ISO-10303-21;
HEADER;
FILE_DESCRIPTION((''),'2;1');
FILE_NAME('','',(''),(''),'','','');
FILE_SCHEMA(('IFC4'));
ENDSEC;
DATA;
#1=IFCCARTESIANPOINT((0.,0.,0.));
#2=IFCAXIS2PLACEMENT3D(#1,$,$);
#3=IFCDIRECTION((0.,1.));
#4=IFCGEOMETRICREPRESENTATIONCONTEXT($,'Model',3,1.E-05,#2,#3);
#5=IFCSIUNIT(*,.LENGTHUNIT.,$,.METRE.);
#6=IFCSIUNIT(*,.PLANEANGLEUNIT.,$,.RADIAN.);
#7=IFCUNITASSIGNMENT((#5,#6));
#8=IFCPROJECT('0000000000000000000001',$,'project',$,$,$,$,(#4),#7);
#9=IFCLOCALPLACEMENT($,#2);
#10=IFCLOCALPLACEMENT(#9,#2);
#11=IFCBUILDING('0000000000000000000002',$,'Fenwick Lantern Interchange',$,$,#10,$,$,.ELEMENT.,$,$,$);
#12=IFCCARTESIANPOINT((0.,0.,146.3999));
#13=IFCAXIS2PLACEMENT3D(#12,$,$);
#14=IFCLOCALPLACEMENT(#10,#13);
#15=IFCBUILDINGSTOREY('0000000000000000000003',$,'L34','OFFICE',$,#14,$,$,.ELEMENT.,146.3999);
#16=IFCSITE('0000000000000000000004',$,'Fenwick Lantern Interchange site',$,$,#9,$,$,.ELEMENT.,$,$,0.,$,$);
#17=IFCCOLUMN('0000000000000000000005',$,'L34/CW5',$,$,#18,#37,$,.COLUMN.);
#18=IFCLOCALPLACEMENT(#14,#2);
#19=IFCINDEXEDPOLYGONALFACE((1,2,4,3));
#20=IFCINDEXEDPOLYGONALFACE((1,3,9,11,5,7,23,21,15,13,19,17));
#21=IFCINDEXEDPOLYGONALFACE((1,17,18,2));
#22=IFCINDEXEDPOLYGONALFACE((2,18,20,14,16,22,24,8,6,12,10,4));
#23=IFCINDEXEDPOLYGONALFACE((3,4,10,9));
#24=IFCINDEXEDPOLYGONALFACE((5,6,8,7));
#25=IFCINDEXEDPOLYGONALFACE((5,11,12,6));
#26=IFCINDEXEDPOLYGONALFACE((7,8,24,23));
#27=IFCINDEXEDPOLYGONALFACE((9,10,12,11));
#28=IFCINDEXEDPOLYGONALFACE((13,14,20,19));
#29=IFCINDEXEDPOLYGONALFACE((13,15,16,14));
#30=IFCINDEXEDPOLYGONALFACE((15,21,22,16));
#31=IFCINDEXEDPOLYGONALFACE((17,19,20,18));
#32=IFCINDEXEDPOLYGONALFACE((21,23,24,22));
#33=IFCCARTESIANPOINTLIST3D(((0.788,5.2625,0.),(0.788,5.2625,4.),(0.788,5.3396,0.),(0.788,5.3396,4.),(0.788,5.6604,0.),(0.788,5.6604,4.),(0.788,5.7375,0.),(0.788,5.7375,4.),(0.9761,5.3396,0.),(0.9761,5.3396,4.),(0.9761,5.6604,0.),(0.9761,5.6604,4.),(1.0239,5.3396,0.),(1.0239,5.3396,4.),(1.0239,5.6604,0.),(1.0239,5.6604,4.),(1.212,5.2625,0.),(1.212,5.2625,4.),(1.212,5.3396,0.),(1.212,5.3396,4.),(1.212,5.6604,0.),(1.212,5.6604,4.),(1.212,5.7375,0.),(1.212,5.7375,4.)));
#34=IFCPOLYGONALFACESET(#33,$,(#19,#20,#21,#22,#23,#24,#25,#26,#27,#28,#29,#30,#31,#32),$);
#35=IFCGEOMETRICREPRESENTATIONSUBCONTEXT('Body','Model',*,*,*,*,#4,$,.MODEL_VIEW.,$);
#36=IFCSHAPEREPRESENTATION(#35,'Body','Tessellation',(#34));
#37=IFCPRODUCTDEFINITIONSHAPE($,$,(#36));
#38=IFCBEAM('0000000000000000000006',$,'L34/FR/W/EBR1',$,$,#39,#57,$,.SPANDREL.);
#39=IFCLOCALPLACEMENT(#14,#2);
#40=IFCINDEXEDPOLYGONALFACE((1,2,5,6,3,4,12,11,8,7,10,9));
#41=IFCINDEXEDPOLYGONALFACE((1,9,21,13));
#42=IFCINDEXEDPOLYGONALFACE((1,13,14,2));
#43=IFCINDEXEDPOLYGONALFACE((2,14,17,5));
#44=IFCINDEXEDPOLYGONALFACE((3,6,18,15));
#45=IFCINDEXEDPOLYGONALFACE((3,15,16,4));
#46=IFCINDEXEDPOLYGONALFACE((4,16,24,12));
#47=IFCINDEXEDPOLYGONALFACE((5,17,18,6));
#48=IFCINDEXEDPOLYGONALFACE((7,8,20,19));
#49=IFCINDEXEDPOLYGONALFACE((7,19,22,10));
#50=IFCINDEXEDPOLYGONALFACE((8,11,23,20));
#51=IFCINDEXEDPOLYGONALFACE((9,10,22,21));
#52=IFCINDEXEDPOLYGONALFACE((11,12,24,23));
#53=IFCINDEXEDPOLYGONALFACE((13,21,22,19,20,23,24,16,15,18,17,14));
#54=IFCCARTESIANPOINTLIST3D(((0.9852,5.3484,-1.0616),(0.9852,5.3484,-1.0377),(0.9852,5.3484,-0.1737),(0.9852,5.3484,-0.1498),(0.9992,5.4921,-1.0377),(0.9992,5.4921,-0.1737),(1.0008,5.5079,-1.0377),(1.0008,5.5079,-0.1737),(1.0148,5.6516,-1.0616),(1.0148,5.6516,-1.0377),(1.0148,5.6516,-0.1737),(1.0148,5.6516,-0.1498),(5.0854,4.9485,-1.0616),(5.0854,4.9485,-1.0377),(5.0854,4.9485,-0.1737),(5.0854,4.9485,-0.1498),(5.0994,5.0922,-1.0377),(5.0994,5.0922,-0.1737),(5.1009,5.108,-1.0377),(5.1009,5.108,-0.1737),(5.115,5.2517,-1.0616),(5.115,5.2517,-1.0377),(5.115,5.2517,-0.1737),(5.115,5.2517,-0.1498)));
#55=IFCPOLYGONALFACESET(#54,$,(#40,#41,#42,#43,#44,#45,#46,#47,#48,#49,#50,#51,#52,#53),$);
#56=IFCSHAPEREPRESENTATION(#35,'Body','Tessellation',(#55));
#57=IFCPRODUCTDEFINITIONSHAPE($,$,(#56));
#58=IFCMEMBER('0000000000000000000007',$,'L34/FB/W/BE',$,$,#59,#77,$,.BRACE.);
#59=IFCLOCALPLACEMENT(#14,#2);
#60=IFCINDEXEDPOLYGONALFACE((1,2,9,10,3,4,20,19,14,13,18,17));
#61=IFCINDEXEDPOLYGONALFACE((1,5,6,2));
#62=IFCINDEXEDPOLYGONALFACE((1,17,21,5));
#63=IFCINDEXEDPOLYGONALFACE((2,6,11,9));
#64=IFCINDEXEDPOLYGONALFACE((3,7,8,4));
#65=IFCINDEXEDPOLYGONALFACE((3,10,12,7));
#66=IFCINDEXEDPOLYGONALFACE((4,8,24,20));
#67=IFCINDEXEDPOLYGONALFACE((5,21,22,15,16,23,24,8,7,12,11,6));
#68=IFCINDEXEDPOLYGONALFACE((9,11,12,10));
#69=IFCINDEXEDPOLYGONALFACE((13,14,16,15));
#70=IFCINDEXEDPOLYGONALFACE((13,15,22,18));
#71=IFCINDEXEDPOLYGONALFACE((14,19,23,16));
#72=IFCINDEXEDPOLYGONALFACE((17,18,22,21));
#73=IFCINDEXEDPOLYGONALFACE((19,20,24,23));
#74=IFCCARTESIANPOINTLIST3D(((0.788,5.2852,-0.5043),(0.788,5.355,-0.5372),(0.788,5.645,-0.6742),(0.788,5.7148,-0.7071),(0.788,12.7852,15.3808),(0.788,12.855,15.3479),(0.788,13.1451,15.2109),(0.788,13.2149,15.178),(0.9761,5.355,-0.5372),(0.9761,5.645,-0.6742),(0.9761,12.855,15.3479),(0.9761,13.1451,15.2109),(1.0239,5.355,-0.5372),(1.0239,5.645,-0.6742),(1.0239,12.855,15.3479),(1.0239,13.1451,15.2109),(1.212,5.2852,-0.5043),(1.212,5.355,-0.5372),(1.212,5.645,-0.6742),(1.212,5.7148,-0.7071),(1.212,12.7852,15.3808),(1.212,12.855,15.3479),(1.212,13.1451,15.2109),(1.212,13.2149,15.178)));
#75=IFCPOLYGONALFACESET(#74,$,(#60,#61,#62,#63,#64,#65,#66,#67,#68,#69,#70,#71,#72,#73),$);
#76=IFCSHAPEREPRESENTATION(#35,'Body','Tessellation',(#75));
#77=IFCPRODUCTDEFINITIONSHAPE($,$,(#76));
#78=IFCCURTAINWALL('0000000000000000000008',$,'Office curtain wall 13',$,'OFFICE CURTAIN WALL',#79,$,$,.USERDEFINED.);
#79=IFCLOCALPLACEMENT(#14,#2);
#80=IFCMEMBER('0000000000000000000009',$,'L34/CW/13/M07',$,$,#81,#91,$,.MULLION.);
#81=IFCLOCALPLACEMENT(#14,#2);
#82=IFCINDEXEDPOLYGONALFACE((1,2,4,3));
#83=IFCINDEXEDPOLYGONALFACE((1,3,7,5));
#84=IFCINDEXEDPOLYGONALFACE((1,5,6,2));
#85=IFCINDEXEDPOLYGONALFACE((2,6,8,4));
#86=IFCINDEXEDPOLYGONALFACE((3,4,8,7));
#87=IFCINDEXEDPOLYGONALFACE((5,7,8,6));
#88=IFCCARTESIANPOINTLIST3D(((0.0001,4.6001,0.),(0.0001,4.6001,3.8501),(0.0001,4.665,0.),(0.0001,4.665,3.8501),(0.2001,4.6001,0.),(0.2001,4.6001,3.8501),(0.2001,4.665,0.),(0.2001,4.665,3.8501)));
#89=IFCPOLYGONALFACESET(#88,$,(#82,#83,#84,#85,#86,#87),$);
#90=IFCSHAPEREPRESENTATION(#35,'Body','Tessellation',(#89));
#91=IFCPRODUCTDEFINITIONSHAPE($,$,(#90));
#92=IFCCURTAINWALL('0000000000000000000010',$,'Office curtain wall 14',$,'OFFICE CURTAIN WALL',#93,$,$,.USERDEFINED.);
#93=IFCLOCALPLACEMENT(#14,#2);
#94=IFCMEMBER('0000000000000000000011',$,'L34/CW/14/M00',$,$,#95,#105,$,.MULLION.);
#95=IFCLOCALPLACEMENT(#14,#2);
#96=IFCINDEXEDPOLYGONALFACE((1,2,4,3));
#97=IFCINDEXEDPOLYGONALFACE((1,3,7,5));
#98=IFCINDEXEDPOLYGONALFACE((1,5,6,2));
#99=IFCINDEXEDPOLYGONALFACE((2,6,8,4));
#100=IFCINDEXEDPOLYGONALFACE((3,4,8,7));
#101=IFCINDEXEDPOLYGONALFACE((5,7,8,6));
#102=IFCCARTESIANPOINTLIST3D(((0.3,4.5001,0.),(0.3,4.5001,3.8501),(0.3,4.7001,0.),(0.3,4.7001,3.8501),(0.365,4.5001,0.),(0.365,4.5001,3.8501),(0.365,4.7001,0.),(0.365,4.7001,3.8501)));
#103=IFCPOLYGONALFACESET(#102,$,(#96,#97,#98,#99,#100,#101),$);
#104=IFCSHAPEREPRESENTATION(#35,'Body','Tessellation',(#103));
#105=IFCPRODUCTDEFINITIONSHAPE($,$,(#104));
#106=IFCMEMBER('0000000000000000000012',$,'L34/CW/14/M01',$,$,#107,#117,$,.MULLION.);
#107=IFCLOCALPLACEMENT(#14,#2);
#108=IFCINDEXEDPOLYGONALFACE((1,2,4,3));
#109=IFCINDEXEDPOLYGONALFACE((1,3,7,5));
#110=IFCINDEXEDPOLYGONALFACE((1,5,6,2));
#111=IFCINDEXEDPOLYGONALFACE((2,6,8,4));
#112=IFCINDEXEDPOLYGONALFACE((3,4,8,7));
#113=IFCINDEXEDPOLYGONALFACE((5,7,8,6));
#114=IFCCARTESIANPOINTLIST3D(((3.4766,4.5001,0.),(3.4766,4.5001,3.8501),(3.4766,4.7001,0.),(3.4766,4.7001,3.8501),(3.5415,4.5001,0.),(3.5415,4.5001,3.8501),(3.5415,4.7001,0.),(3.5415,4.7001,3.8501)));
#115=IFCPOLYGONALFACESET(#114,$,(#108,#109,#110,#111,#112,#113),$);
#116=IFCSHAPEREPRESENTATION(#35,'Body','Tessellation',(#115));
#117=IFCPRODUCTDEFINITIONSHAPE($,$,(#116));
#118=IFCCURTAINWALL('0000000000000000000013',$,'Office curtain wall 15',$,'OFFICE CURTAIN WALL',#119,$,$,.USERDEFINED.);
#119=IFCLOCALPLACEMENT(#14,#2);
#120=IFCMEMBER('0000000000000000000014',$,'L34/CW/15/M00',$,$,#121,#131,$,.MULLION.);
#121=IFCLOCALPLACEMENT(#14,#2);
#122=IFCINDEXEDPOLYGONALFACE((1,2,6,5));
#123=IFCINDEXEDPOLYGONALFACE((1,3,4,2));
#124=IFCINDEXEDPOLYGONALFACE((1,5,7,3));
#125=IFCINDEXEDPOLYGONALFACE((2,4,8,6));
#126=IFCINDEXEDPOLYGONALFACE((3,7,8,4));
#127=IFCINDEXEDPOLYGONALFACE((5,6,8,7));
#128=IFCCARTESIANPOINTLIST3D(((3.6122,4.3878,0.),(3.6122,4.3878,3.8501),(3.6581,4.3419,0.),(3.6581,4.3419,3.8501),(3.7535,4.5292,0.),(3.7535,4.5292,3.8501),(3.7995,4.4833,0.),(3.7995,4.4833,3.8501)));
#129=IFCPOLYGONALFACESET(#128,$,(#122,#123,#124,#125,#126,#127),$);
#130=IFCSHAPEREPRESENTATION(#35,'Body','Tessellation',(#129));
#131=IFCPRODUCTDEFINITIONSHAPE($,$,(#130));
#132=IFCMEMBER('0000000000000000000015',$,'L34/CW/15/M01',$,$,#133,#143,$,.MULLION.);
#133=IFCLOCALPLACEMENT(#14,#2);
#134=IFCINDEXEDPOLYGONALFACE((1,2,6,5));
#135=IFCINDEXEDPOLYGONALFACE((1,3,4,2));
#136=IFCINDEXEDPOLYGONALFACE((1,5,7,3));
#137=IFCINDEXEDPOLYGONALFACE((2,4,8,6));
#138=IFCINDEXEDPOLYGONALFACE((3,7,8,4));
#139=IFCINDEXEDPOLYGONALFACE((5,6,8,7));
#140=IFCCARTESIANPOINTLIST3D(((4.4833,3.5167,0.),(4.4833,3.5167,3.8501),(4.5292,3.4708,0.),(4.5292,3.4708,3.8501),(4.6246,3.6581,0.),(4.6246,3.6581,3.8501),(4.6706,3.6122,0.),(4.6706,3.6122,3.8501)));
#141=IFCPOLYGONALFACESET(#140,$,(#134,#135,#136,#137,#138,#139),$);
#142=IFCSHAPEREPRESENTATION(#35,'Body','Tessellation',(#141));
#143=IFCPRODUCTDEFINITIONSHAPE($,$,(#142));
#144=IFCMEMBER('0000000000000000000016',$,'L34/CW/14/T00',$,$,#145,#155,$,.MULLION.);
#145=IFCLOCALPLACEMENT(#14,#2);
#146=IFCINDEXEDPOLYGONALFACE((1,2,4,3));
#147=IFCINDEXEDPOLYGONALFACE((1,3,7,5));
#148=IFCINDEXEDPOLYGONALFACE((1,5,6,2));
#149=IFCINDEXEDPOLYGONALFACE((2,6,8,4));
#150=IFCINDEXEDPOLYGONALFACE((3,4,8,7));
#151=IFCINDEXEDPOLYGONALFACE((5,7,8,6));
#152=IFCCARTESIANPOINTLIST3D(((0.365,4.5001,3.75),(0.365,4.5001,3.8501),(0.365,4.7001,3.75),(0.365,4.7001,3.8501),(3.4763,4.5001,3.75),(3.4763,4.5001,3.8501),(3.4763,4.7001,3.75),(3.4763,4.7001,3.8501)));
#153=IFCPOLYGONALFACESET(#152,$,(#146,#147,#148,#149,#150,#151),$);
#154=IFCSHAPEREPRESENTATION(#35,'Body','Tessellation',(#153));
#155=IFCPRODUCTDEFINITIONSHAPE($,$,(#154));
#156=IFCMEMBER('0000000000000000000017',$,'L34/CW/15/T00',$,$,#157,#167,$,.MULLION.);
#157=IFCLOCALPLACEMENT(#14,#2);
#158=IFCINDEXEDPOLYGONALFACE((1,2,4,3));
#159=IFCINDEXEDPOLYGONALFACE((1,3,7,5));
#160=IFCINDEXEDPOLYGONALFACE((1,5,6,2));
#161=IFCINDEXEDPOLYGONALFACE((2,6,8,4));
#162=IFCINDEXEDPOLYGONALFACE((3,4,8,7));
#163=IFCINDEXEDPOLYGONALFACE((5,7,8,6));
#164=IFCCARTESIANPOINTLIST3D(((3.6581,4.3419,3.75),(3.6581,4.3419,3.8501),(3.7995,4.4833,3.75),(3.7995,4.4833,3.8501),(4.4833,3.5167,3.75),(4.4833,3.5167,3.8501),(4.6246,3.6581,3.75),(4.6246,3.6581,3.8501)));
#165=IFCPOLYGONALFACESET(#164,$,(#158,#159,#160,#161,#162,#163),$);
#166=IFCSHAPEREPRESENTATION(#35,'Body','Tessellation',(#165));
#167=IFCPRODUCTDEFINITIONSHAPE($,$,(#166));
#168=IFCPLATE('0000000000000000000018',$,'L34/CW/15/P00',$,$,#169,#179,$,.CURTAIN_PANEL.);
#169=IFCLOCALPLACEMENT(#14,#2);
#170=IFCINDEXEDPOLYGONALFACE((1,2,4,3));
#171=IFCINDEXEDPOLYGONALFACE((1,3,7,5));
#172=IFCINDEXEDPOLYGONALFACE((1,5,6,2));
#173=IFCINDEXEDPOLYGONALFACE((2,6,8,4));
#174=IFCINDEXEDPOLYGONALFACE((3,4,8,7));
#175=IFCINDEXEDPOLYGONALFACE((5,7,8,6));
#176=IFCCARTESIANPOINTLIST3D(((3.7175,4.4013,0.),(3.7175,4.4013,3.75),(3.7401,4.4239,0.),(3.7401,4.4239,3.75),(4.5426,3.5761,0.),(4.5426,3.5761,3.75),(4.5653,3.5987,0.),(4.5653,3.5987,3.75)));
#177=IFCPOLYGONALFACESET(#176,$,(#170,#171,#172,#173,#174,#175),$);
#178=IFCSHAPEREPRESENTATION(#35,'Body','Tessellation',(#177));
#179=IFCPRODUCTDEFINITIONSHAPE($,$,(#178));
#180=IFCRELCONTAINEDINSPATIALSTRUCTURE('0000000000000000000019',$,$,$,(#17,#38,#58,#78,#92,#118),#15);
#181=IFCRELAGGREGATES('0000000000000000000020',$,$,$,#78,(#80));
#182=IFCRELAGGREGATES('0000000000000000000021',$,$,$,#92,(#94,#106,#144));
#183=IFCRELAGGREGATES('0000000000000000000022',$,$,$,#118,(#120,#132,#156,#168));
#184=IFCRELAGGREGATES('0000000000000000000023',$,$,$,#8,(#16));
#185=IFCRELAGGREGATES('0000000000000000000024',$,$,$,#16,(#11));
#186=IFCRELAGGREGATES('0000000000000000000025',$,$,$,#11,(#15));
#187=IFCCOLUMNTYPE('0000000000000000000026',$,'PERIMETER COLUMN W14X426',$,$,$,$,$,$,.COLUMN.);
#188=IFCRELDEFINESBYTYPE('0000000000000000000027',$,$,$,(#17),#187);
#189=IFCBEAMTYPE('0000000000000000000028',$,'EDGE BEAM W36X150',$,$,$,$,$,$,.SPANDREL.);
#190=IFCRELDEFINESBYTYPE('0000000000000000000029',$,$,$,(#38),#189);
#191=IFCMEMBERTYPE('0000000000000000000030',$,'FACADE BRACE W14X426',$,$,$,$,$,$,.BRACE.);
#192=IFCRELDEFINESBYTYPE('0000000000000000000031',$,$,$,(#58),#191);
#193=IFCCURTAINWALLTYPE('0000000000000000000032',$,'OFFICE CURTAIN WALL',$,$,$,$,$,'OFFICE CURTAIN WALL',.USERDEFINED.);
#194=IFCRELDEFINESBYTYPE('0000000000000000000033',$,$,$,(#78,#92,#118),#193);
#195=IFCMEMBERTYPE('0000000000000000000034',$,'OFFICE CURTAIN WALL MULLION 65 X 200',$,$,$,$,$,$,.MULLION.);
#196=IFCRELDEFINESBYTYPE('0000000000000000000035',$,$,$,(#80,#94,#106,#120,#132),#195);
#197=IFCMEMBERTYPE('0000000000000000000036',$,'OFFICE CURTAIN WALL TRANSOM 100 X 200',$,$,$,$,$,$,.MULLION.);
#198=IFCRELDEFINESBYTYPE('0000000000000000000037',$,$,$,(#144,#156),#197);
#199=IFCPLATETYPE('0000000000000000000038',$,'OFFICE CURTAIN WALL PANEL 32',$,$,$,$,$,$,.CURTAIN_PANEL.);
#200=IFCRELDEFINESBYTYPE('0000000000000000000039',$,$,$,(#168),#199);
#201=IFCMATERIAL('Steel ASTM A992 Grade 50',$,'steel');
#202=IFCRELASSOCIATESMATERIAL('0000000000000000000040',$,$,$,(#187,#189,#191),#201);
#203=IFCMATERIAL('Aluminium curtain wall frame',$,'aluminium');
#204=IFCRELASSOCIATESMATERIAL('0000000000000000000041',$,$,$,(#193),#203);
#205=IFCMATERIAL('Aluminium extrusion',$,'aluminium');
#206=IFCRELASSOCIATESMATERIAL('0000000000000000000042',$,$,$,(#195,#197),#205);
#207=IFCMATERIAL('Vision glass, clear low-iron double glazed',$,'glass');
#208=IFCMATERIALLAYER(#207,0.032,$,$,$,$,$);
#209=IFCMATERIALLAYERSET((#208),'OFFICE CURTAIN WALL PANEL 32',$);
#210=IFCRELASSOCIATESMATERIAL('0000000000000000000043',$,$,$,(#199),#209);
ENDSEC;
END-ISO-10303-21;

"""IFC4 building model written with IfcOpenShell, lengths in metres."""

from ifc_helpers import new_model, si_unit, direction, frame, origin, origin_2d, place, context, subcontext, project, spatial, rectangle, i_section, extrude, material, layer, layer_set, material_profile, profile_set, type_object, element, aggregate, save


model = new_model("IFC4")

# Units and contexts
model_context = context("Model", 3, precision=1e-05, world=origin(), true_north=direction((0.0, 1.0)))
body_context = subcontext(model_context, "Body", "Model", "MODEL_VIEW")
ifc_project = project(units=[si_unit("LENGTHUNIT", "METRE"), si_unit("PLANEANGLEUNIT", "RADIAN")], contexts=[model_context])

# Site, building, storey
site_placement = place(None, origin())
site = spatial("IfcSite", under=ifc_project, at=site_placement, Name="Fenwick Lantern Interchange site", CompositionType="ELEMENT", RefElevation=0.0)
building_placement = place(site_placement, origin())
building = spatial("IfcBuilding", under=site, at=building_placement, Name="Fenwick Lantern Interchange", CompositionType="ELEMENT")
storey_placement = place(building_placement, frame((0.0, 0.0, 146.3999)))
storey = spatial("IfcBuildingStorey", under=building, at=storey_placement, Name="L34", Description="OFFICE", CompositionType="ELEMENT", Elevation=146.3999)

# Column
ifc_material_1 = material(Name="Steel ASTM A992 Grade 50", Category="steel")
ifc_material_profile_1 = material_profile(ifc_material_1, i_section(OverallWidth=0.4241, OverallDepth=0.4751, WebThickness=0.0479, FlangeThickness=0.0771, at=origin_2d()), Name="W14X426")
ifc_profile_set_1 = profile_set([ifc_material_profile_1], Name="Steel ASTM A992 Grade 50")
column_type = type_object("IfcColumnType", Name="PERIMETER COLUMN W14X426", PredefinedType="COLUMN", material=ifc_profile_set_1)
column_placement = place(storey_placement, frame((1.0, 5.5, 0.0), z_axis=(0.0, 0.0, 1.0), x_axis=(1.0, 0.0, 0.0)))
element("IfcColumn", 1, at=column_placement, inside=storey, type_object=column_type, Name="L34/CW5", PredefinedType="COLUMN", context=body_context, shape_type="SweptSolid", body=[
    extrude(i_section(OverallWidth=0.4241, OverallDepth=0.4751, WebThickness=0.0479, FlangeThickness=0.0771, at=origin_2d()), origin(), (0.0, 0.0, 1.0), 4.0),
])

# Beam
ifc_material_profile_2 = material_profile(ifc_material_1, i_section(OverallWidth=0.3047, OverallDepth=0.9119, WebThickness=0.0159, FlangeThickness=0.0239, at=origin_2d()), Name="W36X150")
ifc_profile_set_2 = profile_set([ifc_material_profile_2], Name="Steel ASTM A992 Grade 50")
beam_type = type_object("IfcBeamType", Name="EDGE BEAM W36X150", PredefinedType="SPANDREL", material=ifc_profile_set_2)
beam_placement = place(storey_placement, frame((1.0, 5.5, -0.6057), z_axis=(0.995277, -0.097074, 0.0), x_axis=(0.097074, 0.995277, 0.0)))
element("IfcBeam", 2, at=beam_placement, inside=storey, type_object=beam_type, Name="L34/FR/W/EBR1", PredefinedType="SPANDREL", context=body_context, shape_type="SweptSolid", body=[
    extrude(i_section(OverallWidth=0.3047, OverallDepth=0.9119, WebThickness=0.0159, FlangeThickness=0.0239, at=origin_2d()), origin(), (0.0, 0.0, 1.0), 4.1196),
])

# Member
ifc_material_profile_3 = material_profile(ifc_material_1, i_section(OverallWidth=0.4241, OverallDepth=0.4751, WebThickness=0.0479, FlangeThickness=0.0771, at=origin_2d()), Name="W14X426")
ifc_profile_set_3 = profile_set([ifc_material_profile_3], Name="Steel ASTM A992 Grade 50")
member_type_1 = type_object("IfcMemberType", Name="FACADE BRACE W14X426", PredefinedType="BRACE", material=ifc_profile_set_3)
member_1_placement = place(storey_placement, frame((1.0, 5.5, -0.6057), z_axis=(0.0, 0.426948, 0.904276), x_axis=(-1.0, 0.0, 0.0)))
element("IfcMember", 3, at=member_1_placement, inside=storey, type_object=member_type_1, Name="L34/FB/W/BE", PredefinedType="BRACE", context=body_context, shape_type="SweptSolid", body=[
    extrude(i_section(OverallWidth=0.4241, OverallDepth=0.4751, WebThickness=0.0479, FlangeThickness=0.0771, at=origin_2d()), origin(), (0.0, 0.0, 1.0), 17.5667),
])

# Curtain wall, member
ifc_material_2 = material(Name="Aluminium curtain wall frame", Category="aluminium")
curtain_wall_type = type_object("IfcCurtainWallType", Name="OFFICE CURTAIN WALL", ElementType="OFFICE CURTAIN WALL", PredefinedType="USERDEFINED", material=ifc_material_2)
curtain_wall_1_placement = place(storey_placement, origin())
curtain_wall_1 = element("IfcCurtainWall", 4, at=curtain_wall_1_placement, inside=storey, type_object=curtain_wall_type, Name="Office curtain wall 13", ObjectType="OFFICE CURTAIN WALL", PredefinedType="USERDEFINED")
ifc_material_3 = material(Name="Aluminium extrusion", Category="aluminium")
ifc_material_profile_4 = material_profile(ifc_material_3, rectangle(XDim=0.2, YDim=0.0649, at=origin_2d()), Name="OFFICE CURTAIN WALL MULLION 65 X 200")
ifc_profile_set_4 = profile_set([ifc_material_profile_4], Name="Aluminium extrusion")
member_type_2 = type_object("IfcMemberType", Name="OFFICE CURTAIN WALL MULLION 65 X 200", PredefinedType="MULLION", material=ifc_profile_set_4)
member_2_placement = place(storey_placement, frame((0.1001, 4.6326, 0.0), z_axis=(0.0, 0.0, 1.0), x_axis=(1.0, 0.0, 0.0)))
member_2 = element("IfcMember", 5, at=member_2_placement, type_object=member_type_2, Name="L34/CW/13/M07", PredefinedType="MULLION", context=body_context, shape_type="SweptSolid", body=[
    extrude(rectangle(XDim=0.2, YDim=0.0649, at=origin_2d()), origin(), (0.0, 0.0, 1.0), 3.8501),
])
aggregate(curtain_wall_1, [member_2])

# Curtain walls, members
curtain_wall_2_placement = place(storey_placement, origin())
curtain_wall_2 = element("IfcCurtainWall", 6, at=curtain_wall_2_placement, inside=storey, type_object=curtain_wall_type, Name="Office curtain wall 14", ObjectType="OFFICE CURTAIN WALL", PredefinedType="USERDEFINED")
member_3_placement = place(storey_placement, frame((0.3325, 4.6001, 0.0), z_axis=(0.0, 0.0, 1.0), x_axis=(0.0, 1.0, 0.0)))
member_3 = element("IfcMember", 7, at=member_3_placement, type_object=member_type_2, Name="L34/CW/14/M00", PredefinedType="MULLION", context=body_context, shape_type="SweptSolid", body=[
    extrude(rectangle(XDim=0.2, YDim=0.0649, at=origin_2d()), origin(), (0.0, 0.0, 1.0), 3.8501),
])
member_4_placement = place(storey_placement, frame((3.509, 4.6001, 0.0), z_axis=(0.0, 0.0, 1.0), x_axis=(0.0, 1.0, 0.0)))
member_4 = element("IfcMember", 8, at=member_4_placement, type_object=member_type_2, Name="L34/CW/14/M01", PredefinedType="MULLION", context=body_context, shape_type="SweptSolid", body=[
    extrude(rectangle(XDim=0.2, YDim=0.0649, at=origin_2d()), origin(), (0.0, 0.0, 1.0), 3.8501),
])
curtain_wall_3_placement = place(storey_placement, origin())
curtain_wall_3 = element("IfcCurtainWall", 9, at=curtain_wall_3_placement, inside=storey, type_object=curtain_wall_type, Name="Office curtain wall 15", ObjectType="OFFICE CURTAIN WALL", PredefinedType="USERDEFINED")
member_5_placement = place(storey_placement, frame((3.7058, 4.4355, 0.0), z_axis=(0.0, 0.0, 1.0), x_axis=(0.707107, 0.707107, 0.0)))
member_5 = element("IfcMember", 10, at=member_5_placement, type_object=member_type_2, Name="L34/CW/15/M00", PredefinedType="MULLION", context=body_context, shape_type="SweptSolid", body=[
    extrude(rectangle(XDim=0.2, YDim=0.0649, at=origin_2d()), origin(), (0.0, 0.0, 1.0), 3.8501),
])
member_6_placement = place(storey_placement, frame((4.5769, 3.5645, 0.0), z_axis=(0.0, 0.0, 1.0), x_axis=(0.707107, 0.707107, 0.0)))
member_6 = element("IfcMember", 11, at=member_6_placement, type_object=member_type_2, Name="L34/CW/15/M01", PredefinedType="MULLION", context=body_context, shape_type="SweptSolid", body=[
    extrude(rectangle(XDim=0.2, YDim=0.0649, at=origin_2d()), origin(), (0.0, 0.0, 1.0), 3.8501),
])

# Members
ifc_material_profile_5 = material_profile(ifc_material_3, rectangle(XDim=0.2, YDim=0.1001, at=origin_2d()), Name="OFFICE CURTAIN WALL TRANSOM 100 X 200")
ifc_profile_set_5 = profile_set([ifc_material_profile_5], Name="Aluminium extrusion")
member_type_3 = type_object("IfcMemberType", Name="OFFICE CURTAIN WALL TRANSOM 100 X 200", PredefinedType="MULLION", material=ifc_profile_set_5)
member_7_placement = place(storey_placement, frame((0.365, 4.6001, 3.8), z_axis=(1.0, 0.0, 0.0), x_axis=(0.0, 1.0, 0.0)))
member_7 = element("IfcMember", 12, at=member_7_placement, type_object=member_type_3, Name="L34/CW/14/T00", PredefinedType="MULLION", context=body_context, shape_type="SweptSolid", body=[
    extrude(rectangle(XDim=0.2, YDim=0.1001, at=origin_2d()), origin(), (0.0, 0.0, 1.0), 3.1113),
])
aggregate(curtain_wall_2, [member_3, member_4, member_7])
member_8_placement = place(storey_placement, frame((3.7288, 4.4126, 3.8), z_axis=(0.707107, -0.707107, 0.0), x_axis=(0.707107, 0.707107, 0.0)))
member_8 = element("IfcMember", 13, at=member_8_placement, type_object=member_type_3, Name="L34/CW/15/T00", PredefinedType="MULLION", context=body_context, shape_type="SweptSolid", body=[
    extrude(rectangle(XDim=0.2, YDim=0.1001, at=origin_2d()), origin(), (0.0, 0.0, 1.0), 1.167),
])

# Shared definitions
ifc_material_4 = material(Name="Vision glass, clear low-iron double glazed", Category="glass")
ifc_layer_1 = layer(ifc_material_4, 0.032)
ifc_layer_set_1 = layer_set([ifc_layer_1], Name="OFFICE CURTAIN WALL PANEL 32")
plate_type = type_object("IfcPlateType", Name="OFFICE CURTAIN WALL PANEL 32", PredefinedType="CURTAIN_PANEL", material=ifc_layer_set_1)

# Plate
plate_1_placement = place(storey_placement, frame((4.1414, 4.0, 0.0), z_axis=(0.0, 0.0, 1.0), x_axis=(0.707107, -0.707107, 0.0)))
plate_1 = element("IfcPlate", 14, at=plate_1_placement, type_object=plate_type, Name="L34/CW/15/P00", PredefinedType="CURTAIN_PANEL", context=body_context, shape_type="SweptSolid", body=[
    extrude(rectangle(XDim=1.167, YDim=0.032, at=origin_2d()), origin(), (0.0, 0.0, 1.0), 3.75),
])
aggregate(curtain_wall_3, [member_5, member_6, member_8, plate_1])

save(model, "model.ifc")
